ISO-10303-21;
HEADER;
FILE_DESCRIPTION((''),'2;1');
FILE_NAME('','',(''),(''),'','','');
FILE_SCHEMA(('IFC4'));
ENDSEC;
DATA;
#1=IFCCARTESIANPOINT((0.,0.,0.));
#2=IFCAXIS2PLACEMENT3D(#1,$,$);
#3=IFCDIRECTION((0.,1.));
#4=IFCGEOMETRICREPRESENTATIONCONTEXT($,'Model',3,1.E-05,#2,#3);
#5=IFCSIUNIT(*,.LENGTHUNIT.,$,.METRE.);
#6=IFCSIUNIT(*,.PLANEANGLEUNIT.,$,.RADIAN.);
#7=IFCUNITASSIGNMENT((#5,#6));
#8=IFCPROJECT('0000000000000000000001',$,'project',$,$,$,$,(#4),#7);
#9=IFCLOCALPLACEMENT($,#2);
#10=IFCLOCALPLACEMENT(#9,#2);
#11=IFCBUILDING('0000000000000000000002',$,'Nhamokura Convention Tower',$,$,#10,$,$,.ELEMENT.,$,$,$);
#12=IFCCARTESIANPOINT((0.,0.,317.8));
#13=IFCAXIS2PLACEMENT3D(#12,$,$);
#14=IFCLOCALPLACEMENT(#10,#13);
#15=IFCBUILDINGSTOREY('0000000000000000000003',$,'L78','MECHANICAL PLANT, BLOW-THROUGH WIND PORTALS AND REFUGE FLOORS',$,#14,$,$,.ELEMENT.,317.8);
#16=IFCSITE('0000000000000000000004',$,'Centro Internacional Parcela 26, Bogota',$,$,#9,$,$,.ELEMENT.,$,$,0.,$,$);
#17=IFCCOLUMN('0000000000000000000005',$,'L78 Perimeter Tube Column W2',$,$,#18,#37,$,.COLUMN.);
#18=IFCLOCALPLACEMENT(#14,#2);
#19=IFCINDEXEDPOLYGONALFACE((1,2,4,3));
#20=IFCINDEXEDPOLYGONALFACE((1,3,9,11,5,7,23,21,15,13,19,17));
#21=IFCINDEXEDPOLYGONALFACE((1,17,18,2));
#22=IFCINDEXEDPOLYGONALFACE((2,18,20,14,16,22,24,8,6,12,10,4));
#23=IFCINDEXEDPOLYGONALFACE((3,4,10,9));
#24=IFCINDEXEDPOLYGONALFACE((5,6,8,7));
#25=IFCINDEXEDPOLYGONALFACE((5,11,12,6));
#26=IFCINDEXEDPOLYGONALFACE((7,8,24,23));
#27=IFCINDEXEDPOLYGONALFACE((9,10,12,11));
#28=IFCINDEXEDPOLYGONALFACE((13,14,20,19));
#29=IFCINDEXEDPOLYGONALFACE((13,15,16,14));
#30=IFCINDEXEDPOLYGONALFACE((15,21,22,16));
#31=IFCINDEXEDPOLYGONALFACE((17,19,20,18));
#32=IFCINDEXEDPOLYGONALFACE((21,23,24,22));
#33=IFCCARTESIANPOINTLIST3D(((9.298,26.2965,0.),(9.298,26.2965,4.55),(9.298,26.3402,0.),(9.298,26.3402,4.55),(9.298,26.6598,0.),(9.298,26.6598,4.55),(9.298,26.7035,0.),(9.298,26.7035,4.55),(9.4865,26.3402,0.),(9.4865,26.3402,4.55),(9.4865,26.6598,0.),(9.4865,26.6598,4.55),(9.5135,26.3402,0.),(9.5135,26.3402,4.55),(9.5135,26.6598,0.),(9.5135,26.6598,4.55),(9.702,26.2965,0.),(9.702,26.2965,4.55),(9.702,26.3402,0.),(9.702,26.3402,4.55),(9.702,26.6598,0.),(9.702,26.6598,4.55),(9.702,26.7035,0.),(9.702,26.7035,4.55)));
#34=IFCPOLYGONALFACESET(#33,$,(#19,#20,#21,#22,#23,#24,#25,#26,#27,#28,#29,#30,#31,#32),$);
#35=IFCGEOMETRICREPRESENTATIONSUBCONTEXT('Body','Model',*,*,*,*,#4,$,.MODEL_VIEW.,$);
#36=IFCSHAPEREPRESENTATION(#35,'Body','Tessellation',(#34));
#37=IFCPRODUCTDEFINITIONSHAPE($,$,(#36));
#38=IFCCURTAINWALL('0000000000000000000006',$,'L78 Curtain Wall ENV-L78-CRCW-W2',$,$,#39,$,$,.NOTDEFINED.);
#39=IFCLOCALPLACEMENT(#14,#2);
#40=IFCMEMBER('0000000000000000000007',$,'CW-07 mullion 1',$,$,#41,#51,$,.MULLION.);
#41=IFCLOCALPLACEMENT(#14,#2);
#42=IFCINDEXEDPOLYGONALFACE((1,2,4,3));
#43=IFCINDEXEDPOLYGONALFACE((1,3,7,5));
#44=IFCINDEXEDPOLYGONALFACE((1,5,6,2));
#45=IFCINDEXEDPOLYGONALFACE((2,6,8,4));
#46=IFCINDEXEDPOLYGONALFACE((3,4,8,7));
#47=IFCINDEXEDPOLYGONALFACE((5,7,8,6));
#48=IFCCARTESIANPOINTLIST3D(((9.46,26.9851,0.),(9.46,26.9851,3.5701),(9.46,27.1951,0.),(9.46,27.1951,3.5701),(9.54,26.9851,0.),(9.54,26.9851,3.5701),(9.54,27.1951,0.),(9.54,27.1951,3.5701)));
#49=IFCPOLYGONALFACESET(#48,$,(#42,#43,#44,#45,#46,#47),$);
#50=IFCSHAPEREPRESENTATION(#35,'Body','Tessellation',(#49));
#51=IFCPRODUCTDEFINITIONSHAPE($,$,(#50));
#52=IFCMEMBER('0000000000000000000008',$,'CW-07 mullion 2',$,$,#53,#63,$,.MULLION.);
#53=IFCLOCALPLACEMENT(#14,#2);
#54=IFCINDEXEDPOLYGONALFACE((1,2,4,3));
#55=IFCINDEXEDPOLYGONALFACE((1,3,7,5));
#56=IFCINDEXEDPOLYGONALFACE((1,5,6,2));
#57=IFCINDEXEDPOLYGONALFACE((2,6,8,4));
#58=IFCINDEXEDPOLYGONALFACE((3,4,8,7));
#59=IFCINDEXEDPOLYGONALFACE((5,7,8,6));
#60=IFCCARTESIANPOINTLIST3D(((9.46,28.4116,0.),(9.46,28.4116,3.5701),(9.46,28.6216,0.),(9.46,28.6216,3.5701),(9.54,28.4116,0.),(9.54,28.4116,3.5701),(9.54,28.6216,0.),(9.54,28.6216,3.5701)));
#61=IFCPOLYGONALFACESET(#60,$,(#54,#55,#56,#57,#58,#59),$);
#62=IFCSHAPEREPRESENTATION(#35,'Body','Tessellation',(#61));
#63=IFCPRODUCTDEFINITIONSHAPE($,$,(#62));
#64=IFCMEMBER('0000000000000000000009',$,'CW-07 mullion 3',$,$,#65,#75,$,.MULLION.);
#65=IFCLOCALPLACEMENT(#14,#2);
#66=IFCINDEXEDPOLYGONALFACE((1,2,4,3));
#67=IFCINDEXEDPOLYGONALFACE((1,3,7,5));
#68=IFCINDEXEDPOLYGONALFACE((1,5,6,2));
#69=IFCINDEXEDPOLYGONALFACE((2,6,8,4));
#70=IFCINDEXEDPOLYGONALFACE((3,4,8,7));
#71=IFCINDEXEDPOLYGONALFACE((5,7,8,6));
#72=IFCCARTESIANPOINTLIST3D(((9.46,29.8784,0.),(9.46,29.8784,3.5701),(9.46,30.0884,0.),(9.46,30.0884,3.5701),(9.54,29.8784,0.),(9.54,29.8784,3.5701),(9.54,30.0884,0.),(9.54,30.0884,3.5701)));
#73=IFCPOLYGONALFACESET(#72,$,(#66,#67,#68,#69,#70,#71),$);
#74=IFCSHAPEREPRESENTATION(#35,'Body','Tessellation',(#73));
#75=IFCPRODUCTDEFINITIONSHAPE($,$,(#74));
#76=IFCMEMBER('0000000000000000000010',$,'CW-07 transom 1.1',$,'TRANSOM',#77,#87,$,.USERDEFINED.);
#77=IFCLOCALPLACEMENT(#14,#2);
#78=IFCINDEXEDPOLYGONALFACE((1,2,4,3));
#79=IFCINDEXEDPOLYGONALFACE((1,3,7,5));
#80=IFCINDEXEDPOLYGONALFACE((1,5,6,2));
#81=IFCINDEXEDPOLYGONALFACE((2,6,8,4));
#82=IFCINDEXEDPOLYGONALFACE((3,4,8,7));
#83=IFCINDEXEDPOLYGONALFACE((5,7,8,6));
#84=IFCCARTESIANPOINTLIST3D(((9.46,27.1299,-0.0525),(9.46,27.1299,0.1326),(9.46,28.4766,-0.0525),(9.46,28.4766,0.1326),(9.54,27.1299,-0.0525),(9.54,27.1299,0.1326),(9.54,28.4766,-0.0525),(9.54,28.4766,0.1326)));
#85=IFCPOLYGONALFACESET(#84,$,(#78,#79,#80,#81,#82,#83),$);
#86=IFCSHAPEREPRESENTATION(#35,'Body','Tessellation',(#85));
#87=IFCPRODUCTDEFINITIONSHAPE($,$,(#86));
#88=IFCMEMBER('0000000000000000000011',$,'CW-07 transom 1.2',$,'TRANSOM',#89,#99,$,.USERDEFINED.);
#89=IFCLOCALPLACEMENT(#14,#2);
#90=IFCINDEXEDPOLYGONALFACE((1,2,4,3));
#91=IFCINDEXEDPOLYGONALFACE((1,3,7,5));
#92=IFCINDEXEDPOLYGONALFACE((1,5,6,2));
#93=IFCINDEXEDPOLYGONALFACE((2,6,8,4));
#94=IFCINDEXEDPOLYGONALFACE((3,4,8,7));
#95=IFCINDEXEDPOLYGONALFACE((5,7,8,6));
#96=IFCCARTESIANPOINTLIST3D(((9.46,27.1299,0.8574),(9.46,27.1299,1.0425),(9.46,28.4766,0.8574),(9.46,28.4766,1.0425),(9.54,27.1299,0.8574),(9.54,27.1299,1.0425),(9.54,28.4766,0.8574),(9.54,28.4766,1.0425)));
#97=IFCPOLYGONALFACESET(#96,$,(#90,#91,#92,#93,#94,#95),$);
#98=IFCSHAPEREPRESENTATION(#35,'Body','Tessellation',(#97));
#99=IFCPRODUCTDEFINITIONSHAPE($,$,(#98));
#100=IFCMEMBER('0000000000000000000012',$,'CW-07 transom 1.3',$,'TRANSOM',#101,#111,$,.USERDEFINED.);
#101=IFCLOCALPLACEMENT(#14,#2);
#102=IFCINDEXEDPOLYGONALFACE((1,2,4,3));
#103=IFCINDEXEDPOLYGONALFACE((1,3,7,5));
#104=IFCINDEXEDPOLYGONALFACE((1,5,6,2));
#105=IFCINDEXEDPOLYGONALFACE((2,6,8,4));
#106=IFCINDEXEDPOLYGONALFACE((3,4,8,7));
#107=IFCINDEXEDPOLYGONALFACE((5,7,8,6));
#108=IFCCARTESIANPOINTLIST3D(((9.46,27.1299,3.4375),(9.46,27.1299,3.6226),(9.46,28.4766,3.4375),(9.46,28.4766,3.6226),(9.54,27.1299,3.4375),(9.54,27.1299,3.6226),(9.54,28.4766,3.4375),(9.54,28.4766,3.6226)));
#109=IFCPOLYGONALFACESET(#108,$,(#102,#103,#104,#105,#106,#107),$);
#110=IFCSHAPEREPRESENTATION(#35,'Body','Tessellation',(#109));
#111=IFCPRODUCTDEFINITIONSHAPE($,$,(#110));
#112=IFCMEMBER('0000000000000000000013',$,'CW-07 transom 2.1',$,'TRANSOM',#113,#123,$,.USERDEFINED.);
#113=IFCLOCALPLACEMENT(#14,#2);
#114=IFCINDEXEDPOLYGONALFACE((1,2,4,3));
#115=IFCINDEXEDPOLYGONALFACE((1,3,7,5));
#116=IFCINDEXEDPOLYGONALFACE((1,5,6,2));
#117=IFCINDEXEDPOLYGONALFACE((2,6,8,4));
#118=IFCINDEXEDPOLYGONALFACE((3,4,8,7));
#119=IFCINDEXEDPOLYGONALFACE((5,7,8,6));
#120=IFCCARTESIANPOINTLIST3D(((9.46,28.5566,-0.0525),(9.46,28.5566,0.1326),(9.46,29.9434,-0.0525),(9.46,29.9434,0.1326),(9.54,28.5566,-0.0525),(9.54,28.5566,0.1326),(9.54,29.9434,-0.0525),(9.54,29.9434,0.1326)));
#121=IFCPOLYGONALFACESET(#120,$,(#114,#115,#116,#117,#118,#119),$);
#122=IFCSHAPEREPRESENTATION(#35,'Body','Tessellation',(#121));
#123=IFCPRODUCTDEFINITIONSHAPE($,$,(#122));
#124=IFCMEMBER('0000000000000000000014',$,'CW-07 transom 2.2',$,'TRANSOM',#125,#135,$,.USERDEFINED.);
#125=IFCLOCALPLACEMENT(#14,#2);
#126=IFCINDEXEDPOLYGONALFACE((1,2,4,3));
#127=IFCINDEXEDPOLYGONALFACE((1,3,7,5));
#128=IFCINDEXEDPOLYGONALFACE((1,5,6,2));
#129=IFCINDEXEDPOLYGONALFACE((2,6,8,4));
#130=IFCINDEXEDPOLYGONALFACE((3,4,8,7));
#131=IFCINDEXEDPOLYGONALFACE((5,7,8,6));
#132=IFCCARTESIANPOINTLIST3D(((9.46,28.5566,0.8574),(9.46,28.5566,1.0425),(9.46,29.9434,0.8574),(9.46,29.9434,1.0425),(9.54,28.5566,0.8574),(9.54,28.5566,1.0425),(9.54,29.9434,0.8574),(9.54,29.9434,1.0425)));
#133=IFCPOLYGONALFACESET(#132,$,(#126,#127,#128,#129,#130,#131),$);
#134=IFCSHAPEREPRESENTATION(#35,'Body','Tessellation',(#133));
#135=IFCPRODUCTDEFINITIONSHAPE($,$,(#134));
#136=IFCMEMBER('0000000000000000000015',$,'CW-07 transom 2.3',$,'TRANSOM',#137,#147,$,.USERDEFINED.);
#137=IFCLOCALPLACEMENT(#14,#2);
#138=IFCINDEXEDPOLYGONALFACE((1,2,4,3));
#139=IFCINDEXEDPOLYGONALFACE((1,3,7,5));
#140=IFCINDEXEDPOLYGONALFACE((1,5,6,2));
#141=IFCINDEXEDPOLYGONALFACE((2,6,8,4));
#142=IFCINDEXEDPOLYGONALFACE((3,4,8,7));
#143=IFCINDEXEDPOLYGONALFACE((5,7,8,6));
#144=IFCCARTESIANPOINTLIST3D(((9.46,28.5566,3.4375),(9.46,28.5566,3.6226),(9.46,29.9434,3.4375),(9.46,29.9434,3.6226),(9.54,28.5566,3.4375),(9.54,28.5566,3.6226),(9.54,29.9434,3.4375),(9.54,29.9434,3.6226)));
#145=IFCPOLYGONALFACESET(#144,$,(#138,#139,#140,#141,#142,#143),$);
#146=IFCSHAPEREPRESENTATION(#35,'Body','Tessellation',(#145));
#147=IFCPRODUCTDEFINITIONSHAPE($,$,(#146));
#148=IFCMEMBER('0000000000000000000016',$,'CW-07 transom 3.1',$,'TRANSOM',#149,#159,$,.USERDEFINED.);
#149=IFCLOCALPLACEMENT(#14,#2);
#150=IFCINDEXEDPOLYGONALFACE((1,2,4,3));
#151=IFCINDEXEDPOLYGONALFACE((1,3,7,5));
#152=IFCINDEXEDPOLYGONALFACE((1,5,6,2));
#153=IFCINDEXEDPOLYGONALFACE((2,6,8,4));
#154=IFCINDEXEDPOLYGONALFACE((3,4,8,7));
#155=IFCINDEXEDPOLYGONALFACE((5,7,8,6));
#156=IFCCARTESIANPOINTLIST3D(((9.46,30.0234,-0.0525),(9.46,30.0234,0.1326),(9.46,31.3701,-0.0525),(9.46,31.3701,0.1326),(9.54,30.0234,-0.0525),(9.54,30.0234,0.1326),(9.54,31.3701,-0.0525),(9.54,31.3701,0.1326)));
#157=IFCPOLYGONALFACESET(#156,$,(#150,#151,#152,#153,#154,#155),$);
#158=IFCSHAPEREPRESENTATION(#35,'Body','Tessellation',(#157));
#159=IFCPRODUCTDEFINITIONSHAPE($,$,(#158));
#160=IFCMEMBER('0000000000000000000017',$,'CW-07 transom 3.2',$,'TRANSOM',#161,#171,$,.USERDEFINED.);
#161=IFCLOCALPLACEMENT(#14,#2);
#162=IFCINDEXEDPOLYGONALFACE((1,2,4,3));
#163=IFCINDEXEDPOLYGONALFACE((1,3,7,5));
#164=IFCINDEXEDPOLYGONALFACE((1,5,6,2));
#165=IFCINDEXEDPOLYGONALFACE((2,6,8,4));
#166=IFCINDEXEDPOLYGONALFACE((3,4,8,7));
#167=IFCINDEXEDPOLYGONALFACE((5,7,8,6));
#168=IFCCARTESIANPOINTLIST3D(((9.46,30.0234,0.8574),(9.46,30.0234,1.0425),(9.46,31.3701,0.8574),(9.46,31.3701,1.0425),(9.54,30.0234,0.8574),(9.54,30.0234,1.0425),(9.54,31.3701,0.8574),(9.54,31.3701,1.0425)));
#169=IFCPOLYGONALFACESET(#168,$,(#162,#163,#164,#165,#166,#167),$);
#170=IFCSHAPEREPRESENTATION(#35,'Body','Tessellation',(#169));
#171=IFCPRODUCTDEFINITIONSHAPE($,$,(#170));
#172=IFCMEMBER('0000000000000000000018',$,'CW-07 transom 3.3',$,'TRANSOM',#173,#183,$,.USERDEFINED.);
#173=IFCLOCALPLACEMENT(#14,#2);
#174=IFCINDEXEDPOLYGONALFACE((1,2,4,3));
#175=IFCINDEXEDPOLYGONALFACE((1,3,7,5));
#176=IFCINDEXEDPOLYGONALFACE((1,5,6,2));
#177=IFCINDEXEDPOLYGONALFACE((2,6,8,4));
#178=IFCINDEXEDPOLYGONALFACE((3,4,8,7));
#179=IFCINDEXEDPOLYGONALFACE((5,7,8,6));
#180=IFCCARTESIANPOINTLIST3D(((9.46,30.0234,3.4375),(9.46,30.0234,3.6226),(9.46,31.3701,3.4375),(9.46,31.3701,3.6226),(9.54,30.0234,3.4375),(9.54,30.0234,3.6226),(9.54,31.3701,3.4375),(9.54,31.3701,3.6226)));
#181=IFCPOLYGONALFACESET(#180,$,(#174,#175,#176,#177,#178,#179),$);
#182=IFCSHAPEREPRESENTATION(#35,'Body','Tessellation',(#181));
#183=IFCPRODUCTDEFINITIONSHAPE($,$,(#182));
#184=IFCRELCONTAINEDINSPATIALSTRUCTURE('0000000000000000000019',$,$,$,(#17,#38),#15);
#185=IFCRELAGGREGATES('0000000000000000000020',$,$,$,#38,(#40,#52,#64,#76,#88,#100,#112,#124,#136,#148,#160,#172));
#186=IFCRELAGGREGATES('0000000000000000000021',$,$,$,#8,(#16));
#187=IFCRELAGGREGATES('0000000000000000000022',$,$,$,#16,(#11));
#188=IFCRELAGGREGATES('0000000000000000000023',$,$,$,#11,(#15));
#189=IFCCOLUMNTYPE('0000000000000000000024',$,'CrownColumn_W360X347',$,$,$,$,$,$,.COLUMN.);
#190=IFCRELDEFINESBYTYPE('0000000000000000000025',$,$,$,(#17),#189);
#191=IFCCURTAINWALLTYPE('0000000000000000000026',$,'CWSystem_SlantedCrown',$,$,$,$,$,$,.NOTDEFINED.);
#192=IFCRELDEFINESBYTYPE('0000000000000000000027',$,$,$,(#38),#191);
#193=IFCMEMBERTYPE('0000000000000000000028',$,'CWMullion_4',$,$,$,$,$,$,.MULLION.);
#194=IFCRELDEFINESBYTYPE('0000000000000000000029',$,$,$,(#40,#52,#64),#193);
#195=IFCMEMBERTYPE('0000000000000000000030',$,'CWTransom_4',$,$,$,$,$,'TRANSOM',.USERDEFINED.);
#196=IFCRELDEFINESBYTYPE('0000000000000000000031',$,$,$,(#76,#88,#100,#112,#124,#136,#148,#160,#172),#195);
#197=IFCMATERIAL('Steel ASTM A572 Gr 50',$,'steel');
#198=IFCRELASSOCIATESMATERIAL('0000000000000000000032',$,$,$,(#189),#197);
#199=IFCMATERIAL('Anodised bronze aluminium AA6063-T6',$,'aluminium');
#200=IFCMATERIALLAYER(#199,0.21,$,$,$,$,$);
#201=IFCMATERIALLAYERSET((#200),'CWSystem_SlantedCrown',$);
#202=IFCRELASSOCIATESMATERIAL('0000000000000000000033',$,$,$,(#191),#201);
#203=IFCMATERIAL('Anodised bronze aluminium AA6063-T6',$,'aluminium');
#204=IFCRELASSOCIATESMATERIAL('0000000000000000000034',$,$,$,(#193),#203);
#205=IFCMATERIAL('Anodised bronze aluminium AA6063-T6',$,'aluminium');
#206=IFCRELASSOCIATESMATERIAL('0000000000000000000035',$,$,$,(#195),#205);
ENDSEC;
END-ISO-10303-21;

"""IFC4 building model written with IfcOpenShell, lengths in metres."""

from ifc_helpers import new_model, si_unit, direction, frame, origin, origin_2d, place, context, subcontext, project, spatial, rectangle, i_section, extrude, material, layer, layer_set, material_profile, profile_set, type_object, element, aggregate, save


model = new_model("IFC4")

# Units and contexts
model_context = context("Model", 3, precision=1e-05, world=origin(), true_north=direction((0.0, 1.0)))
body_context = subcontext(model_context, "Body", "Model", "MODEL_VIEW")
ifc_project = project(units=[si_unit("LENGTHUNIT", "METRE"), si_unit("PLANEANGLEUNIT", "RADIAN")], contexts=[model_context])

# Site, building, storey
site_placement = place(None, origin())
site = spatial("IfcSite", under=ifc_project, at=site_placement, Name="Centro Internacional Parcela 26, Bogota", CompositionType="ELEMENT", RefElevation=0.0)
building_placement = place(site_placement, origin())
building = spatial("IfcBuilding", under=site, at=building_placement, Name="Nhamokura Convention Tower", CompositionType="ELEMENT")
storey_placement = place(building_placement, frame((0.0, 0.0, 317.8)))
storey = spatial("IfcBuildingStorey", under=building, at=storey_placement, Name="L78", Description="MECHANICAL PLANT, BLOW-THROUGH WIND PORTALS AND REFUGE FLOORS", CompositionType="ELEMENT", Elevation=317.8)

# Column
ifc_material_1 = material(Name="Steel ASTM A572 Gr 50", Category="steel")
ifc_material_profile_1 = material_profile(ifc_material_1, i_section(OverallWidth=0.4041, OverallDepth=0.407, WebThickness=0.0271, FlangeThickness=0.0437, at=origin_2d()))
ifc_profile_set_1 = profile_set([ifc_material_profile_1], Name="Steel ASTM A572 Gr 50")
column_type = type_object("IfcColumnType", Name="CrownColumn_W360X347", PredefinedType="COLUMN", material=ifc_profile_set_1)
column_placement = place(storey_placement, frame((9.5, 26.5, 0.0), z_axis=(0.0, 0.0, 1.0), x_axis=(1.0, 0.0, 0.0)))
element("IfcColumn", 1, at=column_placement, inside=storey, type_object=column_type, Name="L78 Perimeter Tube Column W2", PredefinedType="COLUMN", context=body_context, shape_type="SweptSolid", body=[
    extrude(i_section(OverallWidth=0.4041, OverallDepth=0.407, WebThickness=0.0271, FlangeThickness=0.0437, at=origin_2d()), origin(), (0.0, 0.0, 1.0), 4.55),
])

# Curtain wall, members
ifc_material_2 = material(Name="Anodised bronze aluminium AA6063-T6", Category="aluminium")
ifc_layer_1 = layer(ifc_material_2, 0.21)
ifc_layer_set_1 = layer_set([ifc_layer_1], Name="CWSystem_SlantedCrown")
curtain_wall_type = type_object("IfcCurtainWallType", Name="CWSystem_SlantedCrown", PredefinedType="NOTDEFINED", material=ifc_layer_set_1)
curtain_wall_placement = place(storey_placement, origin())
curtain_wall = element("IfcCurtainWall", 2, at=curtain_wall_placement, inside=storey, type_object=curtain_wall_type, Name="L78 Curtain Wall ENV-L78-CRCW-W2", PredefinedType="NOTDEFINED")
ifc_material_3 = material(Name="Anodised bronze aluminium AA6063-T6", Category="aluminium")
ifc_material_profile_2 = material_profile(ifc_material_3, rectangle(XDim=0.0801, YDim=0.21, at=origin_2d()))
ifc_profile_set_2 = profile_set([ifc_material_profile_2], Name="Anodised bronze aluminium AA6063-T6")
member_type_1 = type_object("IfcMemberType", Name="CWMullion_4", PredefinedType="MULLION", material=ifc_profile_set_2)
member_1_placement = place(storey_placement, frame((9.5, 27.0901, 0.0), z_axis=(0.0, 0.0, 1.0), x_axis=(-1.0, 0.0, 0.0)))
member_1 = element("IfcMember", 3, at=member_1_placement, type_object=member_type_1, Name="CW-07 mullion 1", PredefinedType="MULLION", context=body_context, shape_type="SweptSolid", body=[
    extrude(rectangle(XDim=0.0801, YDim=0.21, at=origin_2d()), origin(), (0.0, 0.0, 1.0), 3.5701),
])
member_2_placement = place(storey_placement, frame((9.5, 28.5166, 0.0), z_axis=(0.0, 0.0, 1.0), x_axis=(-1.0, 0.0, 0.0)))
member_2 = element("IfcMember", 4, at=member_2_placement, type_object=member_type_1, Name="CW-07 mullion 2", PredefinedType="MULLION", context=body_context, shape_type="SweptSolid", body=[
    extrude(rectangle(XDim=0.0801, YDim=0.21, at=origin_2d()), origin(), (0.0, 0.0, 1.0), 3.5701),
])
member_3_placement = place(storey_placement, frame((9.5, 29.9834, 0.0), z_axis=(0.0, 0.0, 1.0), x_axis=(-1.0, 0.0, 0.0)))
member_3 = element("IfcMember", 5, at=member_3_placement, type_object=member_type_1, Name="CW-07 mullion 3", PredefinedType="MULLION", context=body_context, shape_type="SweptSolid", body=[
    extrude(rectangle(XDim=0.0801, YDim=0.21, at=origin_2d()), origin(), (0.0, 0.0, 1.0), 3.5701),
])
ifc_material_4 = material(Name="Anodised bronze aluminium AA6063-T6", Category="aluminium")
ifc_material_profile_3 = material_profile(ifc_material_4, rectangle(XDim=0.0801, YDim=0.1851, at=origin_2d()))
ifc_profile_set_3 = profile_set([ifc_material_profile_3], Name="Anodised bronze aluminium AA6063-T6")
member_type_2 = type_object("IfcMemberType", Name="CWTransom_4", ElementType="TRANSOM", PredefinedType="USERDEFINED", material=ifc_profile_set_3)
member_4_placement = place(storey_placement, frame((9.5, 27.1299, 0.04), z_axis=(0.0, 1.0, 0.0), x_axis=(-1.0, 0.0, 0.0)))
member_4 = element("IfcMember", 6, at=member_4_placement, type_object=member_type_2, Name="CW-07 transom 1.1", ObjectType="TRANSOM", PredefinedType="USERDEFINED", context=body_context, shape_type="SweptSolid", body=[
    extrude(rectangle(XDim=0.0801, YDim=0.1851, at=origin_2d()), origin(), (0.0, 0.0, 1.0), 1.3467),
])
member_5_placement = place(storey_placement, frame((9.5, 27.1299, 0.95), z_axis=(0.0, 1.0, 0.0), x_axis=(-1.0, 0.0, 0.0)))
member_5 = element("IfcMember", 7, at=member_5_placement, type_object=member_type_2, Name="CW-07 transom 1.2", ObjectType="TRANSOM", PredefinedType="USERDEFINED", context=body_context, shape_type="SweptSolid", body=[
    extrude(rectangle(XDim=0.0801, YDim=0.1851, at=origin_2d()), origin(), (0.0, 0.0, 1.0), 1.3467),
])
member_6_placement = place(storey_placement, frame((9.5, 27.1299, 3.53), z_axis=(0.0, 1.0, 0.0), x_axis=(-1.0, 0.0, 0.0)))
member_6 = element("IfcMember", 8, at=member_6_placement, type_object=member_type_2, Name="CW-07 transom 1.3", ObjectType="TRANSOM", PredefinedType="USERDEFINED", context=body_context, shape_type="SweptSolid", body=[
    extrude(rectangle(XDim=0.0801, YDim=0.1851, at=origin_2d()), origin(), (0.0, 0.0, 1.0), 1.3467),
])
member_7_placement = place(storey_placement, frame((9.5, 28.5566, 0.04), z_axis=(0.0, 1.0, 0.0), x_axis=(-1.0, 0.0, 0.0)))
member_7 = element("IfcMember", 9, at=member_7_placement, type_object=member_type_2, Name="CW-07 transom 2.1", ObjectType="TRANSOM", PredefinedType="USERDEFINED", context=body_context, shape_type="SweptSolid", body=[
    extrude(rectangle(XDim=0.0801, YDim=0.1851, at=origin_2d()), origin(), (0.0, 0.0, 1.0), 1.3867),
])
member_8_placement = place(storey_placement, frame((9.5, 28.5566, 0.95), z_axis=(0.0, 1.0, 0.0), x_axis=(-1.0, 0.0, 0.0)))
member_8 = element("IfcMember", 10, at=member_8_placement, type_object=member_type_2, Name="CW-07 transom 2.2", ObjectType="TRANSOM", PredefinedType="USERDEFINED", context=body_context, shape_type="SweptSolid", body=[
    extrude(rectangle(XDim=0.0801, YDim=0.1851, at=origin_2d()), origin(), (0.0, 0.0, 1.0), 1.3867),
])
member_9_placement = place(storey_placement, frame((9.5, 28.5566, 3.53), z_axis=(0.0, 1.0, 0.0), x_axis=(-1.0, 0.0, 0.0)))
member_9 = element("IfcMember", 11, at=member_9_placement, type_object=member_type_2, Name="CW-07 transom 2.3", ObjectType="TRANSOM", PredefinedType="USERDEFINED", context=body_context, shape_type="SweptSolid", body=[
    extrude(rectangle(XDim=0.0801, YDim=0.1851, at=origin_2d()), origin(), (0.0, 0.0, 1.0), 1.3867),
])
member_10_placement = place(storey_placement, frame((9.5, 30.0234, 0.04), z_axis=(0.0, 1.0, 0.0), x_axis=(-1.0, 0.0, 0.0)))
member_10 = element("IfcMember", 12, at=member_10_placement, type_object=member_type_2, Name="CW-07 transom 3.1", ObjectType="TRANSOM", PredefinedType="USERDEFINED", context=body_context, shape_type="SweptSolid", body=[
    extrude(rectangle(XDim=0.0801, YDim=0.1851, at=origin_2d()), origin(), (0.0, 0.0, 1.0), 1.3467),
])
member_11_placement = place(storey_placement, frame((9.5, 30.0234, 0.95), z_axis=(0.0, 1.0, 0.0), x_axis=(-1.0, 0.0, 0.0)))
member_11 = element("IfcMember", 13, at=member_11_placement, type_object=member_type_2, Name="CW-07 transom 3.2", ObjectType="TRANSOM", PredefinedType="USERDEFINED", context=body_context, shape_type="SweptSolid", body=[
    extrude(rectangle(XDim=0.0801, YDim=0.1851, at=origin_2d()), origin(), (0.0, 0.0, 1.0), 1.3467),
])
member_12_placement = place(storey_placement, frame((9.5, 30.0234, 3.53), z_axis=(0.0, 1.0, 0.0), x_axis=(-1.0, 0.0, 0.0)))
member_12 = element("IfcMember", 14, at=member_12_placement, type_object=member_type_2, Name="CW-07 transom 3.3", ObjectType="TRANSOM", PredefinedType="USERDEFINED", context=body_context, shape_type="SweptSolid", body=[
    extrude(rectangle(XDim=0.0801, YDim=0.1851, at=origin_2d()), origin(), (0.0, 0.0, 1.0), 1.3467),
])

aggregate(curtain_wall, [member_1, member_2, member_3, member_4, member_5, member_6, member_7, member_8, member_9, member_10, member_11, member_12])

save(model, "model.ifc")
